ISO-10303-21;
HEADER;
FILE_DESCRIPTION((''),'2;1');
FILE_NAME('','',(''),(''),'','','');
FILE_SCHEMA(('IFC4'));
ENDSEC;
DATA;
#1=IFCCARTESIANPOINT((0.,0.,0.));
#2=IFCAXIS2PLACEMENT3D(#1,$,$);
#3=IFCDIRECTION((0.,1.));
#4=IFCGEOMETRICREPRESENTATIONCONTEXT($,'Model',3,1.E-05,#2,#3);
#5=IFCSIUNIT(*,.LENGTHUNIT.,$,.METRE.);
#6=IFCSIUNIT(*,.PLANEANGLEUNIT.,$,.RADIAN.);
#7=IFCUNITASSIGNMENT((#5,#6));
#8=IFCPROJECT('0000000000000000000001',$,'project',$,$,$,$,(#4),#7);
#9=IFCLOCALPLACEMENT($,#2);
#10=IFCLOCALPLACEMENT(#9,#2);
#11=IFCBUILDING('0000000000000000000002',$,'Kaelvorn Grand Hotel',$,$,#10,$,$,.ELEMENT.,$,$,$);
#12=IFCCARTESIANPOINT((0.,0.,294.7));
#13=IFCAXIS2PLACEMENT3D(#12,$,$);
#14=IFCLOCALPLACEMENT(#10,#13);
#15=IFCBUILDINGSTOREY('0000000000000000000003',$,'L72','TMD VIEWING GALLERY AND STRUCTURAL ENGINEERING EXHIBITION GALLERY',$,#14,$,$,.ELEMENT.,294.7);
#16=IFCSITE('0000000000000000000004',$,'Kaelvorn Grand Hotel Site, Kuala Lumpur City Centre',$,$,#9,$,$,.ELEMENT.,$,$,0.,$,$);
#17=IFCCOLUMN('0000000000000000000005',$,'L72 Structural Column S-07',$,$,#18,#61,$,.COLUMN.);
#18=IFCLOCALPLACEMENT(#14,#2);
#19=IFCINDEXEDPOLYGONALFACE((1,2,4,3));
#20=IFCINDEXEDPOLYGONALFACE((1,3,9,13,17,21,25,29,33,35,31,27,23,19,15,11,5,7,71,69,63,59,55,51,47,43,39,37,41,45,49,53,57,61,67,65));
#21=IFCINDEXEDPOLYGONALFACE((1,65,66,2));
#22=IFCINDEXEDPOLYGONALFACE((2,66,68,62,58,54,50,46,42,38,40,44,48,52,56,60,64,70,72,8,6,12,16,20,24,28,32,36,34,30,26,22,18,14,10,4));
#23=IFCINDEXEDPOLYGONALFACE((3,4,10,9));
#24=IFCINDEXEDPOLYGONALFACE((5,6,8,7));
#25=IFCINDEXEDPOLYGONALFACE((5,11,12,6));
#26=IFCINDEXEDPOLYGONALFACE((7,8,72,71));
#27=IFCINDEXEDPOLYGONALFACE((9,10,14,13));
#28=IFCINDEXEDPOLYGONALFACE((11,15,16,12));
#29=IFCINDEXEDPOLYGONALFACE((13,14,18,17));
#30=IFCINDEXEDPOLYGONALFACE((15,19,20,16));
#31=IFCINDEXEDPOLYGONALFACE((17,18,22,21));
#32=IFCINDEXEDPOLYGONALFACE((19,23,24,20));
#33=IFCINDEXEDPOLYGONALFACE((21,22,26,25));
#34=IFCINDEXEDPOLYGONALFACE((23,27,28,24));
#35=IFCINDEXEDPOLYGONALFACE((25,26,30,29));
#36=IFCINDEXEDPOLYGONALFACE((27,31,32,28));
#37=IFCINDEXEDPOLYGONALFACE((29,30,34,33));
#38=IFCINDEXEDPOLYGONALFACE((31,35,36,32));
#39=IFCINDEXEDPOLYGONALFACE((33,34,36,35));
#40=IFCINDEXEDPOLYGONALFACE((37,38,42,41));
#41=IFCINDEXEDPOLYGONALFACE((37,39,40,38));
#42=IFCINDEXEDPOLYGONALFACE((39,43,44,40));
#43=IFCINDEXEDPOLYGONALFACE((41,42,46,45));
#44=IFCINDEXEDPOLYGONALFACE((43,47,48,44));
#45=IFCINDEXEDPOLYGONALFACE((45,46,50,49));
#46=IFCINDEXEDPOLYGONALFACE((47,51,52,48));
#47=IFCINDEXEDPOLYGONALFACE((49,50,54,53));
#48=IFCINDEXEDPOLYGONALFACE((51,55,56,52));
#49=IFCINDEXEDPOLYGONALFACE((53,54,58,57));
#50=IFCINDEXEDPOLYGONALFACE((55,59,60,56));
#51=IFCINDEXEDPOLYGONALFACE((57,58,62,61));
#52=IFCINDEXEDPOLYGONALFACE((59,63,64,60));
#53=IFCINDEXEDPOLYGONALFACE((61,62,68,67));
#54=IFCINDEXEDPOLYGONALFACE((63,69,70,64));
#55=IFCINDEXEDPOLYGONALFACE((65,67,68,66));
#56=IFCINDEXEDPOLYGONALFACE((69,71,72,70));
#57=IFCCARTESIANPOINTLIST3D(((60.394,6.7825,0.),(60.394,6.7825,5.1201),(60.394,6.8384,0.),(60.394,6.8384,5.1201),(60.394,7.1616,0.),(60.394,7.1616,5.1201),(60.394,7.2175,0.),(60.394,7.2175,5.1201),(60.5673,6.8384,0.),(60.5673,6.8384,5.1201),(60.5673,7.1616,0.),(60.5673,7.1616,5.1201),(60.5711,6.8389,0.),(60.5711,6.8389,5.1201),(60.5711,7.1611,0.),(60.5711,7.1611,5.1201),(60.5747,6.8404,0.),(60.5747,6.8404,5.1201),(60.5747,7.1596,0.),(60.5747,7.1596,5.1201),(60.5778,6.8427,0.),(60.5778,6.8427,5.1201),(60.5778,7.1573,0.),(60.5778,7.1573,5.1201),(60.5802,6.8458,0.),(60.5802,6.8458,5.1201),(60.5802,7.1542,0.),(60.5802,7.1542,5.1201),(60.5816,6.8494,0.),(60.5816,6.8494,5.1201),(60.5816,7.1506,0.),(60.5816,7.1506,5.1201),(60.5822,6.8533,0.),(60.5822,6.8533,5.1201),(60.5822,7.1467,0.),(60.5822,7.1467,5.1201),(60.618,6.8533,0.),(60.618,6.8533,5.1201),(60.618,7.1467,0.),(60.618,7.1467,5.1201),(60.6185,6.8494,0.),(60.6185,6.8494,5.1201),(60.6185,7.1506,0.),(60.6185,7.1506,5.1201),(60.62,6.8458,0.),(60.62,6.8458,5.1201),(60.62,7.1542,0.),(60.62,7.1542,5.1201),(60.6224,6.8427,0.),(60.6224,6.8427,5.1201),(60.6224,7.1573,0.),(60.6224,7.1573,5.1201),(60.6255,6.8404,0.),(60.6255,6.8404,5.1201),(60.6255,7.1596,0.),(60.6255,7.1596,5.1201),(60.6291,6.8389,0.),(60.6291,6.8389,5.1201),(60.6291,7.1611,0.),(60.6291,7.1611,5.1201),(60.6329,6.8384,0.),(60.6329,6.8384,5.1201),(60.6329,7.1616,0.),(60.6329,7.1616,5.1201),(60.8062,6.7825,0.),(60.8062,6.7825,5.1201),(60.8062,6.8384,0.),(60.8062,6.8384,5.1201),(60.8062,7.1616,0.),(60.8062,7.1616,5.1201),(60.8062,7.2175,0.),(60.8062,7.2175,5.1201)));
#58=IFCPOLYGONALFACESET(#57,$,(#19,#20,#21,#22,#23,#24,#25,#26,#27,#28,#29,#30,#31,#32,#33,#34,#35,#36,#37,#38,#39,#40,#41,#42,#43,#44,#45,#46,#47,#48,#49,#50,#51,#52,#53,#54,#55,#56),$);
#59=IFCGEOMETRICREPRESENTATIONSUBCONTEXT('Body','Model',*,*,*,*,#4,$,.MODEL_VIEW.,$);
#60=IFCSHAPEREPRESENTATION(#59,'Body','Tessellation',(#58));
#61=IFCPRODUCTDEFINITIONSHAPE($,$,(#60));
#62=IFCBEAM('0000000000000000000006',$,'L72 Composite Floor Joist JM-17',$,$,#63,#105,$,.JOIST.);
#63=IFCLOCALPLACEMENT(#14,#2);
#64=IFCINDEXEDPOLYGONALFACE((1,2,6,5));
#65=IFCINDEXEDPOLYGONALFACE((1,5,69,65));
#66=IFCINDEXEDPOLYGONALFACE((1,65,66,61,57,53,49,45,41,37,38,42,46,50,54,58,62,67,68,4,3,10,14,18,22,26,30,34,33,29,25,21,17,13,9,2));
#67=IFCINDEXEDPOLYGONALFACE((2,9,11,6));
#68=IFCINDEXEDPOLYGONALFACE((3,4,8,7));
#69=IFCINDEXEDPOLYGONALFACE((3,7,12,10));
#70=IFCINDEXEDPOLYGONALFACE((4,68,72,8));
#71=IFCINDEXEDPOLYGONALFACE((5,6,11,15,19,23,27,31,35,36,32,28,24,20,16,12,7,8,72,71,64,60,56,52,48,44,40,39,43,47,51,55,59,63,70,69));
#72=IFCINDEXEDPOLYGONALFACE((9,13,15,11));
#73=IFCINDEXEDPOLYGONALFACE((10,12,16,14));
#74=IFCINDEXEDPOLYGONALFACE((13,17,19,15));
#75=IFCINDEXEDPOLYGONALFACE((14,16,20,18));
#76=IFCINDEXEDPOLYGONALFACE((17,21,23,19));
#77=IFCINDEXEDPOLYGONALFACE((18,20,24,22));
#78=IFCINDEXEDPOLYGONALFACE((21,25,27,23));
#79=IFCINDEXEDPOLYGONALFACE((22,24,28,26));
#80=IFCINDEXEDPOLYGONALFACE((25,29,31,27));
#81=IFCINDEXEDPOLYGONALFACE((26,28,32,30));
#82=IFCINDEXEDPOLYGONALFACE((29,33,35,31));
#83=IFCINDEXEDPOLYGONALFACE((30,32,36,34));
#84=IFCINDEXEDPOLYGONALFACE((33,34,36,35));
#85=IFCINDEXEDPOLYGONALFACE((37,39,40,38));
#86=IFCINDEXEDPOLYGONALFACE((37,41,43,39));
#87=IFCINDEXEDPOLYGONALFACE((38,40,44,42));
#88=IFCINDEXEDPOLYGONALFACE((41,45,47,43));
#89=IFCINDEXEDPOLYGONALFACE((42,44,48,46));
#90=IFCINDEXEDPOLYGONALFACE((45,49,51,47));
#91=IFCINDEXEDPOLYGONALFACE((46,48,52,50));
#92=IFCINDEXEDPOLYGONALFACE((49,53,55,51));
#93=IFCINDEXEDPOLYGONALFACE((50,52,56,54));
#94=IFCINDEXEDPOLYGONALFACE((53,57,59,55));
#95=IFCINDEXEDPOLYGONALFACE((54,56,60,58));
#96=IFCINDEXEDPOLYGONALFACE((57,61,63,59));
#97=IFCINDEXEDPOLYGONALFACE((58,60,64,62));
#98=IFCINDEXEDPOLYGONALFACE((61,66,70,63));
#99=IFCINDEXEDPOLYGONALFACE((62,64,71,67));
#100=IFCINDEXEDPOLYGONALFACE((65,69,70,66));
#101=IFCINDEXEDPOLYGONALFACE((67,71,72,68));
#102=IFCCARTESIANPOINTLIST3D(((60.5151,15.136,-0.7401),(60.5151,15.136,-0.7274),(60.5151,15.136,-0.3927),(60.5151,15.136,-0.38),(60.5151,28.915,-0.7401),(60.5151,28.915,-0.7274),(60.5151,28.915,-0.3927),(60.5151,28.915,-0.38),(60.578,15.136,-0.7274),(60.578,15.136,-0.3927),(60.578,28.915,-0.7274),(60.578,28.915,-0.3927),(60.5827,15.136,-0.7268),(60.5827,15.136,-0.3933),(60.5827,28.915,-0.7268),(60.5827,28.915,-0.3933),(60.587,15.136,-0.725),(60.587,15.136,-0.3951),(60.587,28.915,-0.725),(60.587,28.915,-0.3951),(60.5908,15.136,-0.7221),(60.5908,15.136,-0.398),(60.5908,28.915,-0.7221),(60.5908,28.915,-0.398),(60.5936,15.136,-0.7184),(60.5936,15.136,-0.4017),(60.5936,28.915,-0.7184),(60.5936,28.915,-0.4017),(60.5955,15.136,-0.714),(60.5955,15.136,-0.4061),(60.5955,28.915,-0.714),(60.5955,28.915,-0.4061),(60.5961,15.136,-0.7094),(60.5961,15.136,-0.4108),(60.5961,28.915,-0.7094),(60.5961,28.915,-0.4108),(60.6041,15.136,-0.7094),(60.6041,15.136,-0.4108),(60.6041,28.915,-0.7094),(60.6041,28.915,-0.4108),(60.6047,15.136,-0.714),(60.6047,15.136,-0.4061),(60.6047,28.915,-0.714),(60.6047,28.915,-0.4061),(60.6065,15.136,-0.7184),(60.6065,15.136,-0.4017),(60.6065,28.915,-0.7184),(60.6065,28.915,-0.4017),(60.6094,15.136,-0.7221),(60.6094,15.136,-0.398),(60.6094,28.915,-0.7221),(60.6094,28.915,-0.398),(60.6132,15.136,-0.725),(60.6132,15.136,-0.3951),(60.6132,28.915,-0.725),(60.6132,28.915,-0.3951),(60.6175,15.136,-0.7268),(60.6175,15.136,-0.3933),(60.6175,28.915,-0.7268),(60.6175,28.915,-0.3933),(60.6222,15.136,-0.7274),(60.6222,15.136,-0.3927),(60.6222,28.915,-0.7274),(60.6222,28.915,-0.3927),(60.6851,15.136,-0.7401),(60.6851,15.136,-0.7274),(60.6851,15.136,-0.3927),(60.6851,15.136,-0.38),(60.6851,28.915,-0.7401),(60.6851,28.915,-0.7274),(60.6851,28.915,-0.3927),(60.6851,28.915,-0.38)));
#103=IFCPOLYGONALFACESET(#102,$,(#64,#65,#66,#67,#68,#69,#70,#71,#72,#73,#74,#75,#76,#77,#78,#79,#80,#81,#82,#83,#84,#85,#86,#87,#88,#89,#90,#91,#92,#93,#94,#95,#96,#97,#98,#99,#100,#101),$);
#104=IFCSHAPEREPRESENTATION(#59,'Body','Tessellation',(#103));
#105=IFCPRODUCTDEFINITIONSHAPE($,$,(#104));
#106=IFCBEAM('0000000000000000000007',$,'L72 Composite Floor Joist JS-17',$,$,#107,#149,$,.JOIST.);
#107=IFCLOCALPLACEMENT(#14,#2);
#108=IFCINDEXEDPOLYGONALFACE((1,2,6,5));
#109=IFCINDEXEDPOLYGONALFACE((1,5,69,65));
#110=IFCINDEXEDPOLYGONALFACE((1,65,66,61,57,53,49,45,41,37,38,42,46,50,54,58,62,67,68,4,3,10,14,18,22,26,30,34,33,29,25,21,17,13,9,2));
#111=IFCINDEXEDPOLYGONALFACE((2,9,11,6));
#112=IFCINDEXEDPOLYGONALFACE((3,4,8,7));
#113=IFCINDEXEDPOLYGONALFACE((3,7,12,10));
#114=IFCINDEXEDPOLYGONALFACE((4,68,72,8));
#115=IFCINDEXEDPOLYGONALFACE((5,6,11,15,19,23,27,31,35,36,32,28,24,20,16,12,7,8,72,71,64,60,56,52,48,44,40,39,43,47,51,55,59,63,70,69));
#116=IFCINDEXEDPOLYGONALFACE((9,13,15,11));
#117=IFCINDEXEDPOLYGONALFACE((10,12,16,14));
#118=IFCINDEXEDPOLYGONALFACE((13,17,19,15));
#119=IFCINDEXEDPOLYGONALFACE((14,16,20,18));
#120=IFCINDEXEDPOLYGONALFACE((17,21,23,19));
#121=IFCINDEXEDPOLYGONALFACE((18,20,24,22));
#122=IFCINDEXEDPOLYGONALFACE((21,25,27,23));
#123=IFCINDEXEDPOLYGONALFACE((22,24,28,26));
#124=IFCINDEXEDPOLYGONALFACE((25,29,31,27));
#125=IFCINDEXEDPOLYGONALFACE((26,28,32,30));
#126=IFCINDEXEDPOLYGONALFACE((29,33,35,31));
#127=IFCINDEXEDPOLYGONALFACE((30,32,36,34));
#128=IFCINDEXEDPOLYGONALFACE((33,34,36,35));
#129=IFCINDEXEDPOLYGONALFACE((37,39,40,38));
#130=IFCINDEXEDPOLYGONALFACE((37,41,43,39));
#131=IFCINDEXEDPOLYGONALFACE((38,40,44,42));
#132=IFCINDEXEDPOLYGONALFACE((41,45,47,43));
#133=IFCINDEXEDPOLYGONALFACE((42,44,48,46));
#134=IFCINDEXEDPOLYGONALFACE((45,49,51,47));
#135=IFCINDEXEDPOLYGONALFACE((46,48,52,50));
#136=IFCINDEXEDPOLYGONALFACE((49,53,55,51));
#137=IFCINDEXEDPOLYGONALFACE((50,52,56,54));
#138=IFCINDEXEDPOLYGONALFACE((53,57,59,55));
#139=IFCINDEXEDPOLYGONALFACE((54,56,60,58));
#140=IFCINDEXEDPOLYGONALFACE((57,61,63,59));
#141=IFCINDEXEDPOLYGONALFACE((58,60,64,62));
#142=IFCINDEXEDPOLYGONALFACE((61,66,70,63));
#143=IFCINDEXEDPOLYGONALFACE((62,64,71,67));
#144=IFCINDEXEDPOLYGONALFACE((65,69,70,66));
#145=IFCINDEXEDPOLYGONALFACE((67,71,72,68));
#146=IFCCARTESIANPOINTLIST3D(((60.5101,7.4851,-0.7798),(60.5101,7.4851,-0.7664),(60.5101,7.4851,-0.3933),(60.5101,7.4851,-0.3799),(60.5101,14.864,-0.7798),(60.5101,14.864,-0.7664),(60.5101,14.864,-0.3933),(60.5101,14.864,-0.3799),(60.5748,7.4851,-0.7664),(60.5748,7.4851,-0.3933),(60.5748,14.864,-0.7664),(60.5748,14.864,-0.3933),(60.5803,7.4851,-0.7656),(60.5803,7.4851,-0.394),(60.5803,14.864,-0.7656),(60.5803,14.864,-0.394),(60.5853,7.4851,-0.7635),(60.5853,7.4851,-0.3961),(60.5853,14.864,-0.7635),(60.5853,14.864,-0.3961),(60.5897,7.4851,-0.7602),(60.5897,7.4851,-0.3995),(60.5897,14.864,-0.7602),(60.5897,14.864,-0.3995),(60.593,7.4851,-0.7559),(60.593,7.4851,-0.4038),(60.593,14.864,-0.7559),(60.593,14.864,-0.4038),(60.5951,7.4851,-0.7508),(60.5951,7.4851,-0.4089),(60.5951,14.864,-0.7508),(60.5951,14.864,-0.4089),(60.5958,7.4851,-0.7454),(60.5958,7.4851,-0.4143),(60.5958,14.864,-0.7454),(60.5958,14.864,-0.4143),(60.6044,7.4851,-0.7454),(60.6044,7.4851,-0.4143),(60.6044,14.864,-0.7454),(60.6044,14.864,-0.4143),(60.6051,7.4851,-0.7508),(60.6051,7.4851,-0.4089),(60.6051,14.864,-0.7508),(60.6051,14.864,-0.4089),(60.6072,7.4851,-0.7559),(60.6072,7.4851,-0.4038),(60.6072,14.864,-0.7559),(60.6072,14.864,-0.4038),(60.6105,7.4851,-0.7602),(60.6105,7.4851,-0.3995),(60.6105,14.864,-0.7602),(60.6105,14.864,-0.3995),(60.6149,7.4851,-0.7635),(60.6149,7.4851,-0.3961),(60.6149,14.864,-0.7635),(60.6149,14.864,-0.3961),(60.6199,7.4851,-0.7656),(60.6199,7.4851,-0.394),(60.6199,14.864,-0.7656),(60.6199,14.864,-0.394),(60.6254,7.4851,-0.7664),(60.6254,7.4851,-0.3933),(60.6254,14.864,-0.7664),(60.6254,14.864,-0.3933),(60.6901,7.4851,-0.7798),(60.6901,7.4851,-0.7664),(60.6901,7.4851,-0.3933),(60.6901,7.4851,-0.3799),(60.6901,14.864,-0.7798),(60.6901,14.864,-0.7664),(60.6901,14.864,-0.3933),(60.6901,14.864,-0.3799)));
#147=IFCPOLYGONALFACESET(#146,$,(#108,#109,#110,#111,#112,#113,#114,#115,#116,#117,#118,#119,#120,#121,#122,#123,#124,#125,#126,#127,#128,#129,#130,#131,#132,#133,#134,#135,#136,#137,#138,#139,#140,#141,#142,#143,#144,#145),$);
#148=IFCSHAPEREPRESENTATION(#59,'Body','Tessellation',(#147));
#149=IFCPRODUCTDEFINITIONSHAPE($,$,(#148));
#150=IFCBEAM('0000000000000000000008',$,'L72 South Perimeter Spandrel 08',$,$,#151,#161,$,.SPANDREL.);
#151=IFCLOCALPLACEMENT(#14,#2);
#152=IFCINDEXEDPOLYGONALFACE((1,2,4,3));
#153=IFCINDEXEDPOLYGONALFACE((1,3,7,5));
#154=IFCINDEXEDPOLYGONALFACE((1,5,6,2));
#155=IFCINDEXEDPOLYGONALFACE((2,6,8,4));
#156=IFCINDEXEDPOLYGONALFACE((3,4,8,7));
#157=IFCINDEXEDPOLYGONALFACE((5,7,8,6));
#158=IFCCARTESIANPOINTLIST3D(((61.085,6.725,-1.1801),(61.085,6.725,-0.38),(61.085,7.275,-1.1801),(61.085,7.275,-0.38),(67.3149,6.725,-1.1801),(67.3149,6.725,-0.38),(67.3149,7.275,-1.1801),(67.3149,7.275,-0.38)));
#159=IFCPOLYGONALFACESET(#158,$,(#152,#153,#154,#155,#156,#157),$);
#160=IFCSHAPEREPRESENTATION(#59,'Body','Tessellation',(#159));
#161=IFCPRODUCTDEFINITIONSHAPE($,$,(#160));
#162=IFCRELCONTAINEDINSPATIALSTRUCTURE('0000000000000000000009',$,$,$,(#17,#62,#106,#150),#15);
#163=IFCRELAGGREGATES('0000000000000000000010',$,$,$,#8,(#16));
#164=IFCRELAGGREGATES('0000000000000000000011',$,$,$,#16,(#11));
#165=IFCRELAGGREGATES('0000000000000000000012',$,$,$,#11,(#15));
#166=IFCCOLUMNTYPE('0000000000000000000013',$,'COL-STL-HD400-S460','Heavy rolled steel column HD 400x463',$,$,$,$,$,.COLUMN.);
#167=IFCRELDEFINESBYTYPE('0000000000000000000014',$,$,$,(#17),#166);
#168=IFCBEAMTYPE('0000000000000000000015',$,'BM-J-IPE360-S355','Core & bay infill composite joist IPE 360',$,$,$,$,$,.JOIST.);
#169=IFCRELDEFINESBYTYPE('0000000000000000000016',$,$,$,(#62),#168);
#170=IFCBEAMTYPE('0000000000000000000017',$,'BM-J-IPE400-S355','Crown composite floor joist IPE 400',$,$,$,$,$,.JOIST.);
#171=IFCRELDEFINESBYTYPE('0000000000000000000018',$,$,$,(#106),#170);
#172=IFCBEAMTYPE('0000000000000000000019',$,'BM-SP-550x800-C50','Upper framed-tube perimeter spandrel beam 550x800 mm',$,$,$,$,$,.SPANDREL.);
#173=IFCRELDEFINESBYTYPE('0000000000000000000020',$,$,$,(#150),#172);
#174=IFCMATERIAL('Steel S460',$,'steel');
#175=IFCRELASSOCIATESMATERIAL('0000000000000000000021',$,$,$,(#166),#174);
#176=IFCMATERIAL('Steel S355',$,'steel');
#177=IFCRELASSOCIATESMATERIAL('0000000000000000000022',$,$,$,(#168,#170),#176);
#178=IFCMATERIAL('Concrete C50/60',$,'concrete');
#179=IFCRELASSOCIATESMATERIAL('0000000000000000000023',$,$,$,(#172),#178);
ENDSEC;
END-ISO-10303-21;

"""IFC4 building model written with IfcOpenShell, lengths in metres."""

from ifc_helpers import new_model, si_unit, direction, frame, origin, origin_2d, place, context, subcontext, project, spatial, rectangle, i_section, extrude, material, material_profile, profile_set, type_object, element, save


model = new_model("IFC4")

# Units and contexts
model_context = context("Model", 3, precision=1e-05, world=origin(), true_north=direction((0.0, 1.0)))
body_context = subcontext(model_context, "Body", "Model", "MODEL_VIEW")
ifc_project = project(units=[si_unit("LENGTHUNIT", "METRE"), si_unit("PLANEANGLEUNIT", "RADIAN")], contexts=[model_context])

# Site, building, storey
site_placement = place(None, origin())
site = spatial("IfcSite", under=ifc_project, at=site_placement, Name="Kaelvorn Grand Hotel Site, Kuala Lumpur City Centre", CompositionType="ELEMENT", RefElevation=0.0)
building_placement = place(site_placement, origin())
building = spatial("IfcBuilding", under=site, at=building_placement, Name="Kaelvorn Grand Hotel", CompositionType="ELEMENT")
storey_placement = place(building_placement, frame((0.0, 0.0, 294.7)))
storey = spatial("IfcBuildingStorey", under=building, at=storey_placement, Name="L72", Description="TMD VIEWING GALLERY AND STRUCTURAL ENGINEERING EXHIBITION GALLERY", CompositionType="ELEMENT", Elevation=294.7)

# Column
ifc_material_1 = material(Name="Steel S460", Category="steel")
ifc_material_profile_1 = material_profile(ifc_material_1, i_section(OverallWidth=0.4121, OverallDepth=0.4351, WebThickness=0.0359, FlangeThickness=0.0559, FilletRadius=0.0149, at=origin_2d()), Name="HD 400x463")
ifc_profile_set_1 = profile_set([ifc_material_profile_1], Name="Steel S460")
column_type = type_object("IfcColumnType", Name="COL-STL-HD400-S460", Description="Heavy rolled steel column HD 400x463", PredefinedType="COLUMN", material=ifc_profile_set_1)
column_placement = place(storey_placement, frame((60.6001, 7.0, 0.0), z_axis=(0.0, 0.0, 1.0), x_axis=(1.0, 0.0, 0.0)))
element("IfcColumn", 1, at=column_placement, inside=storey, type_object=column_type, Name="L72 Structural Column S-07", PredefinedType="COLUMN", context=body_context, shape_type="SweptSolid", body=[
    extrude(i_section(OverallWidth=0.4121, OverallDepth=0.4351, WebThickness=0.0359, FlangeThickness=0.0559, FilletRadius=0.0149, at=origin_2d()), origin(), (0.0, 0.0, 1.0), 5.1201),
])

# Beams
ifc_material_2 = material(Name="Steel S355", Category="steel")
ifc_material_profile_2 = material_profile(ifc_material_2, i_section(OverallWidth=0.1699, OverallDepth=0.3601, WebThickness=0.0081, FlangeThickness=0.0127, FilletRadius=0.0181, at=origin_2d()), Name="IPE 360")
ifc_profile_set_2 = profile_set([ifc_material_profile_2], Name="Steel S355")
beam_type_1 = type_object("IfcBeamType", Name="BM-J-IPE360-S355", Description="Core & bay infill composite joist IPE 360", PredefinedType="JOIST", material=ifc_profile_set_2)
beam_1_placement = place(storey_placement, frame((60.6001, 15.136, -0.5601), z_axis=(0.0, 1.0, 0.0), x_axis=(-1.0, 0.0, 0.0)))
element("IfcBeam", 2, at=beam_1_placement, inside=storey, type_object=beam_type_1, Name="L72 Composite Floor Joist JM-17", PredefinedType="JOIST", context=body_context, shape_type="SweptSolid", body=[
    extrude(i_section(OverallWidth=0.1699, OverallDepth=0.3601, WebThickness=0.0081, FlangeThickness=0.0127, FilletRadius=0.0181, at=origin_2d()), origin(), (0.0, 0.0, 1.0), 13.7791),
])
ifc_material_profile_3 = material_profile(ifc_material_2, i_section(OverallWidth=0.1799, OverallDepth=0.3999, WebThickness=0.0085, FlangeThickness=0.0134, FilletRadius=0.021, at=origin_2d()), Name="IPE 400")
ifc_profile_set_3 = profile_set([ifc_material_profile_3], Name="Steel S355")
beam_type_2 = type_object("IfcBeamType", Name="BM-J-IPE400-S355", Description="Crown composite floor joist IPE 400", PredefinedType="JOIST", material=ifc_profile_set_3)
beam_2_placement = place(storey_placement, frame((60.6001, 7.4851, -0.5798), z_axis=(0.0, 1.0, 0.0), x_axis=(-1.0, 0.0, 0.0)))
element("IfcBeam", 3, at=beam_2_placement, inside=storey, type_object=beam_type_2, Name="L72 Composite Floor Joist JS-17", PredefinedType="JOIST", context=body_context, shape_type="SweptSolid", body=[
    extrude(i_section(OverallWidth=0.1799, OverallDepth=0.3999, WebThickness=0.0085, FlangeThickness=0.0134, FilletRadius=0.021, at=origin_2d()), origin(), (0.0, 0.0, 1.0), 7.3789),
])
ifc_material_3 = material(Name="Concrete C50/60", Category="concrete")
ifc_material_profile_4 = material_profile(ifc_material_3, rectangle(XDim=0.55, YDim=0.8, at=origin_2d()), Name="RC SPANDREL 550x800")
ifc_profile_set_4 = profile_set([ifc_material_profile_4], Name="Concrete C50/60")
beam_type_3 = type_object("IfcBeamType", Name="BM-SP-550x800-C50", Description="Upper framed-tube perimeter spandrel beam 550x800 mm", PredefinedType="SPANDREL", material=ifc_profile_set_4)
beam_3_placement = place(storey_placement, frame((61.085, 7.0, -0.78), z_axis=(1.0, 0.0, 0.0), x_axis=(0.0, 1.0, 0.0)))
element("IfcBeam", 4, at=beam_3_placement, inside=storey, type_object=beam_type_3, Name="L72 South Perimeter Spandrel 08", PredefinedType="SPANDREL", context=body_context, shape_type="SweptSolid", body=[
    extrude(rectangle(XDim=0.55, YDim=0.8, at=origin_2d()), origin(), (0.0, 0.0, 1.0), 6.23),
])

save(model, "model.ifc")
